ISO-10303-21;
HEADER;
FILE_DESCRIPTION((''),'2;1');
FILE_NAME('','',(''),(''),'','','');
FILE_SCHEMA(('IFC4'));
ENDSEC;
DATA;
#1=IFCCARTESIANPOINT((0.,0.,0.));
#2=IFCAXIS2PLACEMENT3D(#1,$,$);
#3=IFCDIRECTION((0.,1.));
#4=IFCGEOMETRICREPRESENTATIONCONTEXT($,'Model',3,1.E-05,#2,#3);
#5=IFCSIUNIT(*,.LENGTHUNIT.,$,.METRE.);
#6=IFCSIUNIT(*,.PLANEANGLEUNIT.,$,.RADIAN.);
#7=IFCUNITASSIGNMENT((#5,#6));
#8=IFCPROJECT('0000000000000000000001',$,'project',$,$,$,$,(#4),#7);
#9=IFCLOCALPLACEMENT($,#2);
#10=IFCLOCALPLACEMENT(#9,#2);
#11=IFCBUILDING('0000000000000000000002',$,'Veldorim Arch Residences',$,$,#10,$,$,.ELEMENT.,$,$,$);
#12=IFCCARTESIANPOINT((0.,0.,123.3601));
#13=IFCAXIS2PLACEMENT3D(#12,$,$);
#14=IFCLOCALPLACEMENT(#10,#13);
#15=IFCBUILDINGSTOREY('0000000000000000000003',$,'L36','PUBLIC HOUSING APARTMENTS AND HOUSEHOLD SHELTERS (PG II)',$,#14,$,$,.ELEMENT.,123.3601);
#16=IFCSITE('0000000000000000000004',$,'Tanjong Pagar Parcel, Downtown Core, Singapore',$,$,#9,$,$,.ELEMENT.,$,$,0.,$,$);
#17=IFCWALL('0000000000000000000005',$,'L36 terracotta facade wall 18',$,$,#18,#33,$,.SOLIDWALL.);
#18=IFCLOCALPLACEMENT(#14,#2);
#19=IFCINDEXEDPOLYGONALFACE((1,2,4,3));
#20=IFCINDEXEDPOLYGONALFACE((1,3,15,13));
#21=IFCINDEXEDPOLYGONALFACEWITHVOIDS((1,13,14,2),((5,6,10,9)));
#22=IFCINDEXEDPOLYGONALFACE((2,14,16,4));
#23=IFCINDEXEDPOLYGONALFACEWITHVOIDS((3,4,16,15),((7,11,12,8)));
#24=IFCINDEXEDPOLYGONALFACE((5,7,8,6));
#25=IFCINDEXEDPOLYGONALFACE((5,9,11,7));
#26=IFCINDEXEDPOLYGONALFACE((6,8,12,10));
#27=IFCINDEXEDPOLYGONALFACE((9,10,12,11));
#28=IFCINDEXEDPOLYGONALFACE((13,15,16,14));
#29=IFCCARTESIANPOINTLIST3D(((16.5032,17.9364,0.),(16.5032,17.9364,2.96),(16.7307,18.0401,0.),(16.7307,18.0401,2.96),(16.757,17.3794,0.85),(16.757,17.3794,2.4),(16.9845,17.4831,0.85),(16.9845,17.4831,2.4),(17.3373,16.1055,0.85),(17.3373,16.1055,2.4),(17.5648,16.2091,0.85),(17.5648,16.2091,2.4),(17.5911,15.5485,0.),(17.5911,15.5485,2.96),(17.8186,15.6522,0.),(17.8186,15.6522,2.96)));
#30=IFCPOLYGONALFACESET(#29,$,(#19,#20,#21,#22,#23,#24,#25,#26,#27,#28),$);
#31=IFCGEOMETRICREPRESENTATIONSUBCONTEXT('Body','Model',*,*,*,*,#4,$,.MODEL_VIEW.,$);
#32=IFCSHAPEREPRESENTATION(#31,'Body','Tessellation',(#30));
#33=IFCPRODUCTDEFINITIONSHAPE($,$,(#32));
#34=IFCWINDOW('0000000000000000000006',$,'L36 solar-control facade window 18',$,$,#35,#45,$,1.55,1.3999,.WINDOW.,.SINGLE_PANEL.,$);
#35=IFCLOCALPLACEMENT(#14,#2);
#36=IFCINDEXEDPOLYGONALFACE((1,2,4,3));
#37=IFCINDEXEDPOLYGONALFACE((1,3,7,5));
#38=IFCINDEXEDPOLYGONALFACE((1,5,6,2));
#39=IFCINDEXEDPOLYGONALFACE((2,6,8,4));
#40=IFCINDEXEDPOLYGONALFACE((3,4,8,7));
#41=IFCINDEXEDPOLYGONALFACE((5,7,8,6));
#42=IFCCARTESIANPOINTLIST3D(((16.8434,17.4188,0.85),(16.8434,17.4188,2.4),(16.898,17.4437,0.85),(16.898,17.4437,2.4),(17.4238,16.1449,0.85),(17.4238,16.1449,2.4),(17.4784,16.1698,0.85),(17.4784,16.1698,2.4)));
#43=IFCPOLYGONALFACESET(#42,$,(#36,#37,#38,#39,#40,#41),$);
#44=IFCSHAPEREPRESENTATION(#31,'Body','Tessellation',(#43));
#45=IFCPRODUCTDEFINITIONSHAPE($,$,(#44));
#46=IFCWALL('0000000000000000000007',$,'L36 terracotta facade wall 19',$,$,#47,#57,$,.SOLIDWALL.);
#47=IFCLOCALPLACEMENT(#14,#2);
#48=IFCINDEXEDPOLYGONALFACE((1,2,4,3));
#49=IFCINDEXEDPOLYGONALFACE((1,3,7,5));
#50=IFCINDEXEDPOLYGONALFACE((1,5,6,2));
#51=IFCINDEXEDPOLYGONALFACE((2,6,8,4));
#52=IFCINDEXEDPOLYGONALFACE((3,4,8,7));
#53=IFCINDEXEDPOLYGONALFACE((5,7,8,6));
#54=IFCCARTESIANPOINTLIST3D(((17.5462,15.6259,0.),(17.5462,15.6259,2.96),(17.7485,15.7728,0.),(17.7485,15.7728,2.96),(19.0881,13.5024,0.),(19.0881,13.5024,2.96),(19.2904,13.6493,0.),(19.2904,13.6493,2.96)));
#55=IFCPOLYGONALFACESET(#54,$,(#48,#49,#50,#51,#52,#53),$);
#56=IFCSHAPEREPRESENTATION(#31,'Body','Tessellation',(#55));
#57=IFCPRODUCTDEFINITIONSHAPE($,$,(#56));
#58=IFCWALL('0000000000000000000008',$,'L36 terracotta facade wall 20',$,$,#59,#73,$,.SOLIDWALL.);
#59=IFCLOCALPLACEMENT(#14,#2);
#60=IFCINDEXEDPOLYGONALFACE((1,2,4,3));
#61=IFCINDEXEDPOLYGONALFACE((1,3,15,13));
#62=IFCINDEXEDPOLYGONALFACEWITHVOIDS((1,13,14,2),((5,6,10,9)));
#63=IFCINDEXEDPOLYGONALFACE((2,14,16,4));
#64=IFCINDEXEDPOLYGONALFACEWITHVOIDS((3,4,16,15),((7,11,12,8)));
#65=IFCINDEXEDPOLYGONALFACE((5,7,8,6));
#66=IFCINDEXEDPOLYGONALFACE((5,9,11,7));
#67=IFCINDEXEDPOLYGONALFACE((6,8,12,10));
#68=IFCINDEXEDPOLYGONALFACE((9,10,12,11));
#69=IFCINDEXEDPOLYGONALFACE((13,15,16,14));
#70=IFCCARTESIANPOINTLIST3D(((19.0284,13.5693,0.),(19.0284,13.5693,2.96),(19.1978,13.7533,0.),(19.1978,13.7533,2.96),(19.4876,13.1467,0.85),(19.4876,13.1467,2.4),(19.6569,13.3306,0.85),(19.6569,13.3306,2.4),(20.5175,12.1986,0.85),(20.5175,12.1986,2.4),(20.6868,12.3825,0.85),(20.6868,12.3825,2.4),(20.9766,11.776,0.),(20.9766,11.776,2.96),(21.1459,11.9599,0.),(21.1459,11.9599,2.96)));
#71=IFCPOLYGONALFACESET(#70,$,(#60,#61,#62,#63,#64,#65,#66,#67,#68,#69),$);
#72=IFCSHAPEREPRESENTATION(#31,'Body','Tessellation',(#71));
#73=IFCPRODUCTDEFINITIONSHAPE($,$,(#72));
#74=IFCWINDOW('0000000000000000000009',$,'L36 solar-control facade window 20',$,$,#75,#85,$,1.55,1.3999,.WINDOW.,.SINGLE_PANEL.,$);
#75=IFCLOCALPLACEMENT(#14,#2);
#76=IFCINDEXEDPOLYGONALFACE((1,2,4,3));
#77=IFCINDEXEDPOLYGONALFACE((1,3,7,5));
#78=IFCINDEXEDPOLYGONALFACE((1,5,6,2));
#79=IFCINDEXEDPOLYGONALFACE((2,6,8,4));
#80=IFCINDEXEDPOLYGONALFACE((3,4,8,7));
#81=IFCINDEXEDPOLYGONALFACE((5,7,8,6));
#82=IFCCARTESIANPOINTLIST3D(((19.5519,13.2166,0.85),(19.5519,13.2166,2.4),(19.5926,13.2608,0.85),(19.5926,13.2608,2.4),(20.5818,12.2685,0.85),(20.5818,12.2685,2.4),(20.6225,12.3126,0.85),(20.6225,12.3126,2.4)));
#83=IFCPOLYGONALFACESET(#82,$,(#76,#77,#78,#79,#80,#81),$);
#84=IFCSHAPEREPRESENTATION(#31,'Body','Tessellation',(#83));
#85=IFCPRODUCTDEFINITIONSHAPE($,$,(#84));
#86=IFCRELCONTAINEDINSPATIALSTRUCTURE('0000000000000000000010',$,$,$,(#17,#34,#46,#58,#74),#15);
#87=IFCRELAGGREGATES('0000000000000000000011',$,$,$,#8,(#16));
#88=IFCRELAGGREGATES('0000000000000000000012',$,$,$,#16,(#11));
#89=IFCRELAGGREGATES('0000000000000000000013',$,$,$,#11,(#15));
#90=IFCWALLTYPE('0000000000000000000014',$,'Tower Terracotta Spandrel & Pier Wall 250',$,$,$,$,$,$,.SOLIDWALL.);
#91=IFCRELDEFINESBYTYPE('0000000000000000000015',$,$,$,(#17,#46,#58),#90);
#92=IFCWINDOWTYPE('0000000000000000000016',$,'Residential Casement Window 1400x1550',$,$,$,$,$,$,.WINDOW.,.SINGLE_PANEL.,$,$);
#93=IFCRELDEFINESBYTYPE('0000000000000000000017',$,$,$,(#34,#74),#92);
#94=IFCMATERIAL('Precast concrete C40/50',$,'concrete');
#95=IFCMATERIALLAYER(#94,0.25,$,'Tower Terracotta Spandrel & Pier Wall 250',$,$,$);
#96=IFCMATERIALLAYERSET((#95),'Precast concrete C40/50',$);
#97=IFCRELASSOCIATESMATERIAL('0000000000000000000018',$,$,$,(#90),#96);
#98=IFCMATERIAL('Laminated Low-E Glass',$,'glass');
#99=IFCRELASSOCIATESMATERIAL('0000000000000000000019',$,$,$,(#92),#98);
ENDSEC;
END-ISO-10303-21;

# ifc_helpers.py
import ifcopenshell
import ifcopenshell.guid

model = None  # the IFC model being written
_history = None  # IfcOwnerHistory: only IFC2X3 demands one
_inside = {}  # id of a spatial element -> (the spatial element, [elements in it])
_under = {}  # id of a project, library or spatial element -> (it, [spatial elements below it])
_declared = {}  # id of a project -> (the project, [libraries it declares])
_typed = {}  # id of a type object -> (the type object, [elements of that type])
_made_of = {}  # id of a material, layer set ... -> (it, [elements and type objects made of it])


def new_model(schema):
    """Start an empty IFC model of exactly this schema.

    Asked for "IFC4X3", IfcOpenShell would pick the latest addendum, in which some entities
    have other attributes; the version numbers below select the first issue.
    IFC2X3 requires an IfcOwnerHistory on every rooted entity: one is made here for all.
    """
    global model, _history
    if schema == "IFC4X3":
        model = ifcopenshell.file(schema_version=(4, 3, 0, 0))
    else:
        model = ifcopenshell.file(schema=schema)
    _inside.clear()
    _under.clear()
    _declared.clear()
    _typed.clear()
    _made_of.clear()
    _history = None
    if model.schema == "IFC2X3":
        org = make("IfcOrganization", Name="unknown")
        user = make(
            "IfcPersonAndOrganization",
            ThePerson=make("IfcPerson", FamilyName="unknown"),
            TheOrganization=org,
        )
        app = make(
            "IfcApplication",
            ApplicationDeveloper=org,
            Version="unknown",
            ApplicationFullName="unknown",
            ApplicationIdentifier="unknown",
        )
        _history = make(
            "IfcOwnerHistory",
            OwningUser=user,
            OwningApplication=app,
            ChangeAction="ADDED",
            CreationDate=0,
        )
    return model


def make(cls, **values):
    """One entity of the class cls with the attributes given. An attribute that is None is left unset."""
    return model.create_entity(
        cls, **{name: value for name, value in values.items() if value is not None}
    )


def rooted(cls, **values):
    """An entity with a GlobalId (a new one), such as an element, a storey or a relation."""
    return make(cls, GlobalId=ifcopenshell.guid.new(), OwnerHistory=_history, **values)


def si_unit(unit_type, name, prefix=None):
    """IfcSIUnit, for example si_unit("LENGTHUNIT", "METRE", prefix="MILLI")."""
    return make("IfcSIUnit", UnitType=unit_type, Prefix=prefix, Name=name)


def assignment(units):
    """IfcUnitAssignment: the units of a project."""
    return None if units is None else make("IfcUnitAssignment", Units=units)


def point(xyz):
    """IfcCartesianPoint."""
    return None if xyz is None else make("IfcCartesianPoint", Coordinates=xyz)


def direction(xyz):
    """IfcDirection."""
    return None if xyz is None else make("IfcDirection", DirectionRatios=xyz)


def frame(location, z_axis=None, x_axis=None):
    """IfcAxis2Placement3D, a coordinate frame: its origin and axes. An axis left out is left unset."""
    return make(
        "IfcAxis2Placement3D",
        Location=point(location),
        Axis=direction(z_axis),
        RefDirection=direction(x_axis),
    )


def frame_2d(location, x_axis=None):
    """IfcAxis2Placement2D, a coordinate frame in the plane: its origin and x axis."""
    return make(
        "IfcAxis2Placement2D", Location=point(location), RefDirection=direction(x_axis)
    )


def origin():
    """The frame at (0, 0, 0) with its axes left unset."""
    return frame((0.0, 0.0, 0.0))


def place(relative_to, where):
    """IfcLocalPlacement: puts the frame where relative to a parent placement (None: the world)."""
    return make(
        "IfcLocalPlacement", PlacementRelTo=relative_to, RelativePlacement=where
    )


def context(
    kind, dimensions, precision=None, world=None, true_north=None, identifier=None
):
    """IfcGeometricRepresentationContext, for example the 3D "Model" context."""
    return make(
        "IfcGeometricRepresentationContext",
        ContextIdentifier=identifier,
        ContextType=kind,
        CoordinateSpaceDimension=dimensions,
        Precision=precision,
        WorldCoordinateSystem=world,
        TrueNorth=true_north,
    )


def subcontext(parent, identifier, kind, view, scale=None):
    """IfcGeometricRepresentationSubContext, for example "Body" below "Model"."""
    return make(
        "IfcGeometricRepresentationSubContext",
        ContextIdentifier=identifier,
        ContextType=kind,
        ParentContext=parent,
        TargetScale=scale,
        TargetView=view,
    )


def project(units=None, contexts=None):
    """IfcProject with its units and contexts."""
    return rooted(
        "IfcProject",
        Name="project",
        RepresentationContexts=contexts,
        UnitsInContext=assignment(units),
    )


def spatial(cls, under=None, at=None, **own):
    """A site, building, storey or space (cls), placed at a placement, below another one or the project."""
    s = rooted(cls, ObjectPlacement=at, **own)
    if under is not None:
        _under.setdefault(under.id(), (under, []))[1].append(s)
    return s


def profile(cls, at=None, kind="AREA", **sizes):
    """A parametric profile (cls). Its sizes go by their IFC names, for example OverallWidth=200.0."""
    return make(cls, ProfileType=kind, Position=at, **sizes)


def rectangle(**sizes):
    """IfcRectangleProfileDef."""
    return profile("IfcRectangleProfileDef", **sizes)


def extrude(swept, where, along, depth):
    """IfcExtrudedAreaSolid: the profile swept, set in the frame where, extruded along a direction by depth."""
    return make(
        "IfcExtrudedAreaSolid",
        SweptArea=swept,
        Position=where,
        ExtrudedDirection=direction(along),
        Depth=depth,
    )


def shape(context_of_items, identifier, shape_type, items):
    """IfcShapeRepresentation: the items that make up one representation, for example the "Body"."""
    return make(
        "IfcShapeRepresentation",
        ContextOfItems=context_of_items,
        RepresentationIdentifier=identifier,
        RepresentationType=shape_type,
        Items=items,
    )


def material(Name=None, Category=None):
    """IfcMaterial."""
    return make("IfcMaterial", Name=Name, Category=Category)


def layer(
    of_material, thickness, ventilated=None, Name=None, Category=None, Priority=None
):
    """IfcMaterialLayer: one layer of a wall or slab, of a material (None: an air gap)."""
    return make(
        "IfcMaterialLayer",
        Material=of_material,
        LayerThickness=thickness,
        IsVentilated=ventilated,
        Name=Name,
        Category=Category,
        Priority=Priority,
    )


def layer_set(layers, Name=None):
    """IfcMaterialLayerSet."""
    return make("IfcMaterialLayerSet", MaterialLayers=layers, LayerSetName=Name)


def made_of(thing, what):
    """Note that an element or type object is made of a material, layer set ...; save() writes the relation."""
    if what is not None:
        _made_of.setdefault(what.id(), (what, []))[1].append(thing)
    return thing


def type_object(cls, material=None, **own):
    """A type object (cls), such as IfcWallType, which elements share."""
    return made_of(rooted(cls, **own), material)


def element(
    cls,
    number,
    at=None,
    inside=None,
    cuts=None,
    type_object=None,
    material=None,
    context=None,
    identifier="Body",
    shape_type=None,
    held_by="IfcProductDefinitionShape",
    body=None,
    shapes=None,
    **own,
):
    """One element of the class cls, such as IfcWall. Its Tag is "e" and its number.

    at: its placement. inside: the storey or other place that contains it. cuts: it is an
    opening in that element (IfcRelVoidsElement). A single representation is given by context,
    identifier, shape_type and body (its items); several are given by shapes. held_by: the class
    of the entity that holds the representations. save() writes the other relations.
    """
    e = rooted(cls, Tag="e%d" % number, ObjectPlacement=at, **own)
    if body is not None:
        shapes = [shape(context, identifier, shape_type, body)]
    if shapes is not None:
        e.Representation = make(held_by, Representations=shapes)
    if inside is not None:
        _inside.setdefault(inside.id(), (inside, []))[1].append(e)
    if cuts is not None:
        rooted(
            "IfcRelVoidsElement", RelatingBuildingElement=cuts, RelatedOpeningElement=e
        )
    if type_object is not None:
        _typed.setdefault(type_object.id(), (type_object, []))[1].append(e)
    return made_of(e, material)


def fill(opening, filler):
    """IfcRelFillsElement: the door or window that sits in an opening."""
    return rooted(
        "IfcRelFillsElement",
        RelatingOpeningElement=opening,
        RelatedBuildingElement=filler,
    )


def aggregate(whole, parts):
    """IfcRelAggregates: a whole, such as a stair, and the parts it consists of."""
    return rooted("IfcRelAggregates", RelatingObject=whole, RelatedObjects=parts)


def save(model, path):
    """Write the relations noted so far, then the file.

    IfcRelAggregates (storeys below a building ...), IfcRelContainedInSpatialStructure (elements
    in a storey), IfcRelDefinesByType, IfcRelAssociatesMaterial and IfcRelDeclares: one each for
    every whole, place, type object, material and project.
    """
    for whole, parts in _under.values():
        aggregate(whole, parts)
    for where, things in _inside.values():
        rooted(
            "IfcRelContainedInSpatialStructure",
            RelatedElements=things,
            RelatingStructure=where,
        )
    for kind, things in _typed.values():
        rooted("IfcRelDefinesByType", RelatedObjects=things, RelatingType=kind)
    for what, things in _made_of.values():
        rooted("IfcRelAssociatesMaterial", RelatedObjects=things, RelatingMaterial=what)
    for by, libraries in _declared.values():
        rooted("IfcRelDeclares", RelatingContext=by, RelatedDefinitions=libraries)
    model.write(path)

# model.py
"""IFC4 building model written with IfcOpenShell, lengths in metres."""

from ifc_helpers import new_model, si_unit, direction, frame, frame_2d, origin, place, context, subcontext, project, spatial, rectangle, extrude, material, layer, layer_set, type_object, element, fill, save


model = new_model("IFC4")

# Units and contexts
model_context = context("Model", 3, precision=1e-05, world=origin(), true_north=direction((0.0, 1.0)))
body_context = subcontext(model_context, "Body", "Model", "MODEL_VIEW")
ifc_project = project(units=[si_unit("LENGTHUNIT", "METRE"), si_unit("PLANEANGLEUNIT", "RADIAN")], contexts=[model_context])

# Site, building, storey
site_placement = place(None, origin())
site = spatial("IfcSite", under=ifc_project, at=site_placement, Name="Tanjong Pagar Parcel, Downtown Core, Singapore", CompositionType="ELEMENT", RefElevation=0.0)
building_placement = place(site_placement, origin())
building = spatial("IfcBuilding", under=site, at=building_placement, Name="Veldorim Arch Residences", CompositionType="ELEMENT")
storey_placement = place(building_placement, frame((0.0, 0.0, 123.3601)))
storey = spatial("IfcBuildingStorey", under=building, at=storey_placement, Name="L36", Description="PUBLIC HOUSING APARTMENTS AND HOUSEHOLD SHELTERS (PG II)", CompositionType="ELEMENT", Elevation=123.3601)

# Wall, opening, window
ifc_material_1 = material(Name="Precast concrete C40/50", Category="concrete")
ifc_layer_1 = layer(ifc_material_1, 0.25, Name="Tower Terracotta Spandrel & Pier Wall 250")
ifc_layer_set_1 = layer_set([ifc_layer_1], Name="Precast concrete C40/50")
wall_type_1 = type_object("IfcWallType", Name="Tower Terracotta Spandrel & Pier Wall 250", PredefinedType="SOLIDWALL", material=ifc_layer_set_1)
wall_1_placement = place(storey_placement, frame((17.7048, 15.6003, 0.0), z_axis=(0.0, 0.0, 1.0), x_axis=(-0.414581, 0.910012, 0.0)))
wall_1 = element("IfcWall", 1, at=wall_1_placement, inside=storey, type_object=wall_type_1, Name="L36 terracotta facade wall 18", PredefinedType="SOLIDWALL", context=body_context, shape_type="SweptSolid", body=[
    extrude(rectangle(XDim=2.624, YDim=0.25, at=frame_2d((1.312, 0.0))), origin(), (0.0, 0.0, 1.0), 2.96),
])
opening_1_placement = place(wall_1_placement, frame((0.6121, 0.0, 0.8501)))
opening_1 = element("IfcOpeningElement", 2, at=opening_1_placement, cuts=wall_1, PredefinedType="OPENING", context=body_context, shape_type="SweptSolid", body=[
    extrude(rectangle(XDim=1.3999, YDim=1.55, at=frame_2d((0.7, 0.7749))), frame((0.0, 0.135, 0.0), z_axis=(0.0, -1.0, 0.0), x_axis=(1.0, 0.0, 0.0)), (0.0, 0.0, 1.0), 0.27),
])
ifc_material_2 = material(Name="Laminated Low-E Glass", Category="glass")
window_type = type_object("IfcWindowType", Name="Residential Casement Window 1400x1550", PartitioningType="SINGLE_PANEL", PredefinedType="WINDOW", material=ifc_material_2)
window_1_placement = place(opening_1_placement, origin())
window_1 = element("IfcWindow", 3, at=window_1_placement, inside=storey, type_object=window_type, Name="L36 solar-control facade window 18", OverallHeight=1.55, OverallWidth=1.3999, PartitioningType="SINGLE_PANEL", PredefinedType="WINDOW", context=body_context, shape_type="SweptSolid", body=[
    extrude(rectangle(XDim=1.3999, YDim=1.55, at=frame_2d((0.7, 0.7749))), frame((0.0, 0.03, 0.0), z_axis=(0.0, -1.0, 0.0), x_axis=(1.0, 0.0, 0.0)), (0.0, 0.0, 1.0), 0.0601),
])
fill(opening_1, window_1)

# Wall
wall_2_placement = place(storey_placement, frame((19.1892, 13.5759, 0.0), z_axis=(0.0, 0.0, 1.0), x_axis=(-0.587574, 0.80917, 0.0)))
element("IfcWall", 4, at=wall_2_placement, inside=storey, type_object=wall_type_1, Name="L36 terracotta facade wall 19", PredefinedType="SOLIDWALL", context=body_context, shape_type="SweptSolid", body=[
    extrude(rectangle(XDim=2.6243, YDim=0.25, at=frame_2d((1.312, 0.0))), origin(), (0.0, 0.0, 1.0), 2.96),
])

# Wall, opening, window
wall_3_placement = place(storey_placement, frame((21.0613, 11.8679, 0.0), z_axis=(0.0, 0.0, 1.0), x_axis=(-0.735729, 0.677276, 0.0)))
wall_3 = element("IfcWall", 5, at=wall_3_placement, inside=storey, type_object=wall_type_1, Name="L36 terracotta facade wall 20", PredefinedType="SOLIDWALL", context=body_context, shape_type="SweptSolid", body=[
    extrude(rectangle(XDim=2.6479, YDim=0.25, at=frame_2d((1.324, 0.0))), origin(), (0.0, 0.0, 1.0), 2.96),
])
opening_2_placement = place(wall_3_placement, frame((0.624, 0.0, 0.8501)))
opening_2 = element("IfcOpeningElement", 6, at=opening_2_placement, cuts=wall_3, PredefinedType="OPENING", context=body_context, shape_type="SweptSolid", body=[
    extrude(rectangle(XDim=1.3999, YDim=1.55, at=frame_2d((0.7, 0.7749))), frame((0.0, 0.135, 0.0), z_axis=(0.0, -1.0, 0.0), x_axis=(1.0, 0.0, 0.0)), (0.0, 0.0, 1.0), 0.27),
])
window_2_placement = place(opening_2_placement, origin())
window_2 = element("IfcWindow", 7, at=window_2_placement, inside=storey, type_object=window_type, Name="L36 solar-control facade window 20", OverallHeight=1.55, OverallWidth=1.3999, PartitioningType="SINGLE_PANEL", PredefinedType="WINDOW", context=body_context, shape_type="SweptSolid", body=[
    extrude(rectangle(XDim=1.3999, YDim=1.55, at=frame_2d((0.7, 0.7749))), frame((0.0, 0.03, 0.0), z_axis=(0.0, -1.0, 0.0), x_axis=(1.0, 0.0, 0.0)), (0.0, 0.0, 1.0), 0.0601),
])
fill(opening_2, window_2)

save(model, "model.ifc")
